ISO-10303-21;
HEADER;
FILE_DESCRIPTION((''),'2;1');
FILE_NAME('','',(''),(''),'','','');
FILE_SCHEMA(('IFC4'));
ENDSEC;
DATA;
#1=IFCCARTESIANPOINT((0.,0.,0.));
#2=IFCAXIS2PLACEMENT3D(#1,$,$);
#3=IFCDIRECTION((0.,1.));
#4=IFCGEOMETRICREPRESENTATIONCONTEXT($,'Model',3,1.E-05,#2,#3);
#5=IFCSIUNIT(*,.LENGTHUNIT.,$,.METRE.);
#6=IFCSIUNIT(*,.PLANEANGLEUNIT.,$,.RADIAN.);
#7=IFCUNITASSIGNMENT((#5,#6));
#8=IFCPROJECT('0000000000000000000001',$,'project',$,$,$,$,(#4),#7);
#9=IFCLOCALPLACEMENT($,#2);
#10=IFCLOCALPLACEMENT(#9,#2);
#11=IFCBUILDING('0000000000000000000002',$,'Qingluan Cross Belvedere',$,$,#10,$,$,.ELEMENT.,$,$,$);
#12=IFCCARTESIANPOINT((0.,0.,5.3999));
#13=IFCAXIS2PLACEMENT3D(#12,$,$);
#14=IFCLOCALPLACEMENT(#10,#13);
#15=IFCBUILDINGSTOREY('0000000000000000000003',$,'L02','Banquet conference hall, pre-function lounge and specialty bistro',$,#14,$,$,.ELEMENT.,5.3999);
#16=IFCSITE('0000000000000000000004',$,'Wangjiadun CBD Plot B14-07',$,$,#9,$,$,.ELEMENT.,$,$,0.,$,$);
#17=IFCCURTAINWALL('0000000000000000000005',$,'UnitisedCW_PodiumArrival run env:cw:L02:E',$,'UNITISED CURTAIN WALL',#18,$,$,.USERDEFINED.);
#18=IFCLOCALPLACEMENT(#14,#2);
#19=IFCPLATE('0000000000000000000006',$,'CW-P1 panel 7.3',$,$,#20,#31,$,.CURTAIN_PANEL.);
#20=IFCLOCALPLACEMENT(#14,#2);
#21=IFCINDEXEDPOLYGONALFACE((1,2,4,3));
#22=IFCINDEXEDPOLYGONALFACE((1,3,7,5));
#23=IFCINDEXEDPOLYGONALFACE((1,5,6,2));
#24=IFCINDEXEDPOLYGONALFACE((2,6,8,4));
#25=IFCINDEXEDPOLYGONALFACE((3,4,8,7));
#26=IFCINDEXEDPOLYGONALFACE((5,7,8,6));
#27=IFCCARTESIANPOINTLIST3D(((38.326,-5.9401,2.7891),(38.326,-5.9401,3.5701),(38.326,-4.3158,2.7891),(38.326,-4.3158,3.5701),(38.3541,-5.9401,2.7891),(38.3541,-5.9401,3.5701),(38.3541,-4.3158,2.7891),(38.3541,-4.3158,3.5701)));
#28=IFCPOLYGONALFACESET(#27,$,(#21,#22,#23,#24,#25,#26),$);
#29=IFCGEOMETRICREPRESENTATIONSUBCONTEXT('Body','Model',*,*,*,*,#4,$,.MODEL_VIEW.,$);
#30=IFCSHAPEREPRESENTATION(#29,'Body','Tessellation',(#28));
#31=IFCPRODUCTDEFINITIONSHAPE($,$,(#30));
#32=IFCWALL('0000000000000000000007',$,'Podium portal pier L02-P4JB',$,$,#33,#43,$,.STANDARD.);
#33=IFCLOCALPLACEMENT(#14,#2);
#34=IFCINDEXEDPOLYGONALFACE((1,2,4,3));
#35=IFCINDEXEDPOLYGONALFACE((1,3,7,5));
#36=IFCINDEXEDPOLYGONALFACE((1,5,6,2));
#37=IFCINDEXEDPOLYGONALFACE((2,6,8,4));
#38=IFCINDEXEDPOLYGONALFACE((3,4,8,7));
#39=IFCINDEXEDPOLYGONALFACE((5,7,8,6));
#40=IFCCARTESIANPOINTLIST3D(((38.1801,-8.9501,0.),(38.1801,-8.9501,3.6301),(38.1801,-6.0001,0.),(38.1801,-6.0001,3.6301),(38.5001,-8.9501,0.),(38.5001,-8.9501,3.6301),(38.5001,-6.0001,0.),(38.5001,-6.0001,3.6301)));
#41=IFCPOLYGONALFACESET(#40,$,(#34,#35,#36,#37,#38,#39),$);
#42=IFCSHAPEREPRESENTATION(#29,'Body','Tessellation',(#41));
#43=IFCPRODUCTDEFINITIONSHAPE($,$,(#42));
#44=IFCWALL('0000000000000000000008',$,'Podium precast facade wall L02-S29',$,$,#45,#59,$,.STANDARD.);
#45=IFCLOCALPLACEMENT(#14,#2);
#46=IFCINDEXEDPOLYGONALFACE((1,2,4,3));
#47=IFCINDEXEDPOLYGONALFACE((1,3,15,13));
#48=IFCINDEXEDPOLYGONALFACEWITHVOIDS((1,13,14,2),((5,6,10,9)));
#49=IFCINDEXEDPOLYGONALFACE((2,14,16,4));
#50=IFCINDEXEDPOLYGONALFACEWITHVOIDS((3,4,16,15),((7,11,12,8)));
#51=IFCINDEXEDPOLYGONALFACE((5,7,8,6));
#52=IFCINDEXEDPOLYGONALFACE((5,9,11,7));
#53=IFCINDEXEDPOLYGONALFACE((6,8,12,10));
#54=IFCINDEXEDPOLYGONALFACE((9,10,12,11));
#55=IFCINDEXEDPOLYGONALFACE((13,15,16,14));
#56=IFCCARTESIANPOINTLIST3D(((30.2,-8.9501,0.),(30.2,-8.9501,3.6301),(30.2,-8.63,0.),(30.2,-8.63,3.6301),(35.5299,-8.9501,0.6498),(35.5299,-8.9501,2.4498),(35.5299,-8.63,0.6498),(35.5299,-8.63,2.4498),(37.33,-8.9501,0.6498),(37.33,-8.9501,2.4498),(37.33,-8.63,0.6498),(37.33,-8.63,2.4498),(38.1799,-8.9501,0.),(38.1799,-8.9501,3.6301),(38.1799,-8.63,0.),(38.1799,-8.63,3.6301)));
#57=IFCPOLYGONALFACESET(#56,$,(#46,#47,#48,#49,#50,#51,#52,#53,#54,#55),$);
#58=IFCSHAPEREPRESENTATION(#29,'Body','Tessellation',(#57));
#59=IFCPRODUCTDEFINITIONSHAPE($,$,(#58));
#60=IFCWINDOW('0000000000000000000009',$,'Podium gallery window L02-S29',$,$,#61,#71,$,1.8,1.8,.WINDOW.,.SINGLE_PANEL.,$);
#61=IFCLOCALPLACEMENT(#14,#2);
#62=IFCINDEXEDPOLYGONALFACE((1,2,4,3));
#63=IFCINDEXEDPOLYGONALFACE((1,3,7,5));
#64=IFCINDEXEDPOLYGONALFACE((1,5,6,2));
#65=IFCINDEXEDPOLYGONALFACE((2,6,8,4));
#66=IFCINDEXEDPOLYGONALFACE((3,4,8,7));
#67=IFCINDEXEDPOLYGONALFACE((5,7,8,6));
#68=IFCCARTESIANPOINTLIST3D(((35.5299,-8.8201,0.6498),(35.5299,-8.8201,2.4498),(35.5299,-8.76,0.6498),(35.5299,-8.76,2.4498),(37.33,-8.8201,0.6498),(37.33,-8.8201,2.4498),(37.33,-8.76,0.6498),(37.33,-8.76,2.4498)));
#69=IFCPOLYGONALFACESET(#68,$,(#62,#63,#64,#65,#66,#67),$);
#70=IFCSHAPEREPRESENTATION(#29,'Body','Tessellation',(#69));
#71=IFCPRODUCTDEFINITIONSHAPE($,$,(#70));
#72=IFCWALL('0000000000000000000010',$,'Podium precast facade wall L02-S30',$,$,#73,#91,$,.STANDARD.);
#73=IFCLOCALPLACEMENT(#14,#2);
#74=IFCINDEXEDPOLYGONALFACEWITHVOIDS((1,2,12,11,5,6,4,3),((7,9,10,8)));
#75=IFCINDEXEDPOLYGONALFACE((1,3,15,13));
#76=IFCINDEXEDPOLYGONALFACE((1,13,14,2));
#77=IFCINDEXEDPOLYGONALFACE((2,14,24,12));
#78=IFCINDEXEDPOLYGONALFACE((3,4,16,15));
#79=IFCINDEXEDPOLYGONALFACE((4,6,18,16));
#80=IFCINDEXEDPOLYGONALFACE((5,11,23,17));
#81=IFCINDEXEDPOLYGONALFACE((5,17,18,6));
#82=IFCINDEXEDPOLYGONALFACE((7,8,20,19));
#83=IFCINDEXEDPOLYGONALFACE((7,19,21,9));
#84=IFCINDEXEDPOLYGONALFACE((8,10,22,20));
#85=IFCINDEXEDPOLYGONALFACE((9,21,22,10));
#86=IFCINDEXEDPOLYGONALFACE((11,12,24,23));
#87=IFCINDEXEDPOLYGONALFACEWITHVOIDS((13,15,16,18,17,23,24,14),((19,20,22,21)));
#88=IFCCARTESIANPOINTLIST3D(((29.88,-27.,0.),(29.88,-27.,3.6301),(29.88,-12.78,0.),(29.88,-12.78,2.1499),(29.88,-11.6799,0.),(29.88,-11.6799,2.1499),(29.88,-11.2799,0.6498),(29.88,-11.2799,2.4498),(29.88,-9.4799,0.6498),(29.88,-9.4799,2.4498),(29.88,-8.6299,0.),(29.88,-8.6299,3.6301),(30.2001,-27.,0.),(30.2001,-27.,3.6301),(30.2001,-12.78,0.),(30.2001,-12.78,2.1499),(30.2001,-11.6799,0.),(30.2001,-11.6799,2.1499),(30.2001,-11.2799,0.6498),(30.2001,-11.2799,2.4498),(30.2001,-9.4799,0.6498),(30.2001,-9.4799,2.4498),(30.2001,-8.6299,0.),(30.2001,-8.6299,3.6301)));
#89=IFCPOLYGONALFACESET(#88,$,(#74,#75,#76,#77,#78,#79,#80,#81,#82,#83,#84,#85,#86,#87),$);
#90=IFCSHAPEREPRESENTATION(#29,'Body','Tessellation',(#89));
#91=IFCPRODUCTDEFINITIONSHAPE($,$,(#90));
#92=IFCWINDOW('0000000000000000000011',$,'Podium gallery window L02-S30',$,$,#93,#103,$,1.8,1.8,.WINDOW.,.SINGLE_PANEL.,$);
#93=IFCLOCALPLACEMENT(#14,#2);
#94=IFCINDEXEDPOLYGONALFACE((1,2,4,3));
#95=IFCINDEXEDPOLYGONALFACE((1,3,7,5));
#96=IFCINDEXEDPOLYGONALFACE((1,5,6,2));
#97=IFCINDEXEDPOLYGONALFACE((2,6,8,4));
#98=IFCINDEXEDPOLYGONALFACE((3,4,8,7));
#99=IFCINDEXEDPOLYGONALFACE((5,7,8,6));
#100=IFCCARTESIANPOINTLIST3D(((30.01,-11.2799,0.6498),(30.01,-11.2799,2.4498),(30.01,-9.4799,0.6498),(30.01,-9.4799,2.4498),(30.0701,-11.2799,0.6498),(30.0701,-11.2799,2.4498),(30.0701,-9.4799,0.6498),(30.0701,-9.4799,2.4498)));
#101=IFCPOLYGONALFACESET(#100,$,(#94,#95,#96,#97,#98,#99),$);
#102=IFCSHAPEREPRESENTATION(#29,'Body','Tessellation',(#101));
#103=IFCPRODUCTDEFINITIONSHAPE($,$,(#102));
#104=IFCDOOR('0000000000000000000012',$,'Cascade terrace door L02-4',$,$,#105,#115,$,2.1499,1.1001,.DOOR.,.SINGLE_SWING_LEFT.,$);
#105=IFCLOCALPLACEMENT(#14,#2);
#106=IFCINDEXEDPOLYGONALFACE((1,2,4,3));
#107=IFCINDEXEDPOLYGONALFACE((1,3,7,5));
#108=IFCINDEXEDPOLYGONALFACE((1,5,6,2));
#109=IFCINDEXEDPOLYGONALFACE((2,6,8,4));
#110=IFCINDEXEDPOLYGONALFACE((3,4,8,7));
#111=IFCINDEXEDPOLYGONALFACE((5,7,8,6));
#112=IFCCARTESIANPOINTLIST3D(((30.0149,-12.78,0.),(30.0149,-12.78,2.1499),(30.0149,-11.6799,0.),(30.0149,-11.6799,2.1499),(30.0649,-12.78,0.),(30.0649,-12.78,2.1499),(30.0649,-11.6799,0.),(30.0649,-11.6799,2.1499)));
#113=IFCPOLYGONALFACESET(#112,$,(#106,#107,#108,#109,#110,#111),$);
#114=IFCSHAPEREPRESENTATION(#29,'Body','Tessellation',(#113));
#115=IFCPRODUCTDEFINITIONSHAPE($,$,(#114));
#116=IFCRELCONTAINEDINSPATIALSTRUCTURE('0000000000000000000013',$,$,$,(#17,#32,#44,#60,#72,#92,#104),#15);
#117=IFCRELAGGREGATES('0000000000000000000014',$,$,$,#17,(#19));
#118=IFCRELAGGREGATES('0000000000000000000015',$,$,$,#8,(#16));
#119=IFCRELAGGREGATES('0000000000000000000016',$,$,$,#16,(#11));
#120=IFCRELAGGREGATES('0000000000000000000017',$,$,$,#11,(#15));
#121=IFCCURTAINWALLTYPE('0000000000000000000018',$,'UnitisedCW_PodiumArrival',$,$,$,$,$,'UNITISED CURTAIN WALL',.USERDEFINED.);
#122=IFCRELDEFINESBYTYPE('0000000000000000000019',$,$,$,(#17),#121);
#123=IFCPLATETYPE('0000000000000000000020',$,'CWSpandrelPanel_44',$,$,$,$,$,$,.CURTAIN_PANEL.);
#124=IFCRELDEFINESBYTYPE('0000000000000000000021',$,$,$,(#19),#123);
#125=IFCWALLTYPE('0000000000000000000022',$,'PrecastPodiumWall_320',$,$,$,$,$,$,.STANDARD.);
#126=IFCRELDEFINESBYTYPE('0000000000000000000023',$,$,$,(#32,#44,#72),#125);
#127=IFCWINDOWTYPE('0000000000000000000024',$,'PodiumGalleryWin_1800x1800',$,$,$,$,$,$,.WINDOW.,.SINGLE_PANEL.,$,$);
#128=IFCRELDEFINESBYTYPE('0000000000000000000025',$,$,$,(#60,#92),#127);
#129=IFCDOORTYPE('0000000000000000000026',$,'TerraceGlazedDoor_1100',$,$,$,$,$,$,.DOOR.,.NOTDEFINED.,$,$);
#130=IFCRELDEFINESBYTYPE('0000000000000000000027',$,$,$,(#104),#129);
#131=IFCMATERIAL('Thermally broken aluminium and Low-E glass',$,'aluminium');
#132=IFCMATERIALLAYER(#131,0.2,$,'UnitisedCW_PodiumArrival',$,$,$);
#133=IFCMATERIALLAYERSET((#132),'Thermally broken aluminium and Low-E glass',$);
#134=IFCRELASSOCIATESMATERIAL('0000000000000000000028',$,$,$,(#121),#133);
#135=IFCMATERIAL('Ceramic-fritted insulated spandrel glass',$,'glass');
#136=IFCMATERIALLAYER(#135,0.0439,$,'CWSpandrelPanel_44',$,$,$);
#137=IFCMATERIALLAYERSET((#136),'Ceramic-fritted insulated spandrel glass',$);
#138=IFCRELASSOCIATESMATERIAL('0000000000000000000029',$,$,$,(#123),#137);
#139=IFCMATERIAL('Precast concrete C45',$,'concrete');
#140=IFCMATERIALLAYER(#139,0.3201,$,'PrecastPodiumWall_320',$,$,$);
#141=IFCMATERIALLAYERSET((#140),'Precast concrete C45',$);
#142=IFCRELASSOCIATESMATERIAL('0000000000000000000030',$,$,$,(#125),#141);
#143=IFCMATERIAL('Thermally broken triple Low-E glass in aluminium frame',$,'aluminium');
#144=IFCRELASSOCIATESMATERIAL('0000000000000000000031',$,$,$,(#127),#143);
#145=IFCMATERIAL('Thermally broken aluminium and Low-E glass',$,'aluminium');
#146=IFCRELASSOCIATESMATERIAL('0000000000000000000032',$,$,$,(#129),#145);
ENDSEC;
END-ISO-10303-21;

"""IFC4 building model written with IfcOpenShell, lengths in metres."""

from ifc_helpers import new_model, si_unit, direction, frame, frame_2d, origin, origin_2d, place, context, subcontext, project, spatial, rectangle, extrude, material, layer, layer_set, type_object, element, fill, aggregate, save


model = new_model("IFC4")

# Units and contexts
model_context = context("Model", 3, precision=1e-05, world=origin(), true_north=direction((0.0, 1.0)))
body_context = subcontext(model_context, "Body", "Model", "MODEL_VIEW")
ifc_project = project(units=[si_unit("LENGTHUNIT", "METRE"), si_unit("PLANEANGLEUNIT", "RADIAN")], contexts=[model_context])

# Site, building, storey
site_placement = place(None, origin())
site = spatial("IfcSite", under=ifc_project, at=site_placement, Name="Wangjiadun CBD Plot B14-07", CompositionType="ELEMENT", RefElevation=0.0)
building_placement = place(site_placement, origin())
building = spatial("IfcBuilding", under=site, at=building_placement, Name="Qingluan Cross Belvedere", CompositionType="ELEMENT")
storey_placement = place(building_placement, frame((0.0, 0.0, 5.3999)))
storey = spatial("IfcBuildingStorey", under=building, at=storey_placement, Name="L02", Description="Banquet conference hall, pre-function lounge and specialty bistro", CompositionType="ELEMENT", Elevation=5.3999)

# Curtain wall
ifc_material_1 = material(Name="Thermally broken aluminium and Low-E glass", Category="aluminium")
ifc_layer_1 = layer(ifc_material_1, 0.2, Name="UnitisedCW_PodiumArrival")
ifc_layer_set_1 = layer_set([ifc_layer_1], Name="Thermally broken aluminium and Low-E glass")
curtain_wall_type = type_object("IfcCurtainWallType", Name="UnitisedCW_PodiumArrival", ElementType="UNITISED CURTAIN WALL", PredefinedType="USERDEFINED", material=ifc_layer_set_1)
curtain_wall_placement = place(storey_placement, origin())
curtain_wall = element("IfcCurtainWall", 1, at=curtain_wall_placement, inside=storey, type_object=curtain_wall_type, Name="UnitisedCW_PodiumArrival run env:cw:L02:E", ObjectType="UNITISED CURTAIN WALL", PredefinedType="USERDEFINED")

# Plate
ifc_material_2 = material(Name="Ceramic-fritted insulated spandrel glass", Category="glass")
ifc_layer_2 = layer(ifc_material_2, 0.0439, Name="CWSpandrelPanel_44")
ifc_layer_set_2 = layer_set([ifc_layer_2], Name="Ceramic-fritted insulated spandrel glass")
plate_type = type_object("IfcPlateType", Name="CWSpandrelPanel_44", PredefinedType="CURTAIN_PANEL", material=ifc_layer_set_2)
plate_1_placement = place(storey_placement, frame((38.3401, -5.1279, 2.7891), z_axis=(0.0, 0.0, 1.0), x_axis=(0.0, -1.0, 0.0)))
plate_1 = element("IfcPlate", 2, at=plate_1_placement, type_object=plate_type, Name="CW-P1 panel 7.3", PredefinedType="CURTAIN_PANEL", context=body_context, shape_type="SweptSolid", body=[
    extrude(rectangle(XDim=1.6243, YDim=0.0281, at=origin_2d()), origin(), (0.0, 0.0, 1.0), 0.781),
])
aggregate(curtain_wall, [plate_1])

# Wall
ifc_material_3 = material(Name="Precast concrete C45", Category="concrete")
ifc_layer_3 = layer(ifc_material_3, 0.3201, Name="PrecastPodiumWall_320")
ifc_layer_set_3 = layer_set([ifc_layer_3], Name="Precast concrete C45")
wall_type = type_object("IfcWallType", Name="PrecastPodiumWall_320", PredefinedType="STANDARD", material=ifc_layer_set_3)
wall_1_placement = place(storey_placement, frame((38.3401, -6.0, 0.0), z_axis=(0.0, 0.0, 1.0), x_axis=(0.0, -1.0, 0.0)))
element("IfcWall", 3, at=wall_1_placement, inside=storey, type_object=wall_type, Name="Podium portal pier L02-P4JB", PredefinedType="STANDARD", context=body_context, shape_type="SweptSolid", body=[
    extrude(rectangle(XDim=2.95, YDim=0.3201, at=frame_2d((1.4751, 0.0))), origin(), (0.0, 0.0, 1.0), 3.6301),
])

# Wall, opening, window
wall_2_placement = place(storey_placement, frame((38.1799, -8.79, 0.0), z_axis=(0.0, 0.0, 1.0), x_axis=(-1.0, 0.0, 0.0)))
wall_2 = element("IfcWall", 4, at=wall_2_placement, inside=storey, type_object=wall_type, Name="Podium precast facade wall L02-S29", PredefinedType="STANDARD", context=body_context, shape_type="SweptSolid", body=[
    extrude(rectangle(XDim=7.98, YDim=0.3201, at=frame_2d((3.99, 0.0))), origin(), (0.0, 0.0, 1.0), 3.6301),
])
opening_1_placement = place(wall_2_placement, frame((0.8501, 0.0, 0.6499)))
opening_1 = element("IfcOpeningElement", 5, at=opening_1_placement, cuts=wall_2, PredefinedType="OPENING", context=body_context, shape_type="SweptSolid", body=[
    extrude(rectangle(XDim=1.8, YDim=1.8, at=frame_2d((0.8999, 0.8999))), frame((0.0, 0.1699, 0.0), z_axis=(0.0, -1.0, 0.0), x_axis=(1.0, 0.0, 0.0)), (0.0, 0.0, 1.0), 0.3401),
])
ifc_material_4 = material(Name="Thermally broken triple Low-E glass in aluminium frame", Category="aluminium")
window_type = type_object("IfcWindowType", Name="PodiumGalleryWin_1800x1800", PartitioningType="SINGLE_PANEL", PredefinedType="WINDOW", material=ifc_material_4)
window_1_placement = place(opening_1_placement, origin())
window_1 = element("IfcWindow", 6, at=window_1_placement, inside=storey, type_object=window_type, Name="Podium gallery window L02-S29", OverallHeight=1.8, OverallWidth=1.8, PartitioningType="SINGLE_PANEL", PredefinedType="WINDOW", context=body_context, shape_type="SweptSolid", body=[
    extrude(rectangle(XDim=1.8, YDim=1.8, at=frame_2d((0.8999, 0.8999))), frame((0.0, 0.03, 0.0), z_axis=(0.0, -1.0, 0.0), x_axis=(1.0, 0.0, 0.0)), (0.0, 0.0, 1.0), 0.0601),
])
fill(opening_1, window_1)

# Wall, openings, window, door
wall_3_placement = place(storey_placement, frame((30.04, -8.6299, 0.0), z_axis=(0.0, 0.0, 1.0), x_axis=(0.0, -1.0, 0.0)))
wall_3 = element("IfcWall", 7, at=wall_3_placement, inside=storey, type_object=wall_type, Name="Podium precast facade wall L02-S30", PredefinedType="STANDARD", context=body_context, shape_type="SweptSolid", body=[
    extrude(rectangle(XDim=18.3701, YDim=0.3201, at=frame_2d((9.1851, 0.0))), origin(), (0.0, 0.0, 1.0), 3.6301),
])
opening_2_placement = place(wall_3_placement, frame((0.8501, 0.0, 0.6499)))
opening_2 = element("IfcOpeningElement", 8, at=opening_2_placement, cuts=wall_3, PredefinedType="OPENING", context=body_context, shape_type="SweptSolid", body=[
    extrude(rectangle(XDim=1.8, YDim=1.8, at=frame_2d((0.8999, 0.8999))), frame((0.0, 0.1699, 0.0), z_axis=(0.0, -1.0, 0.0), x_axis=(1.0, 0.0, 0.0)), (0.0, 0.0, 1.0), 0.3401),
])
opening_3_placement = place(wall_3_placement, frame((3.05, 0.0, 0.0)))
opening_3 = element("IfcOpeningElement", 9, at=opening_3_placement, cuts=wall_3, PredefinedType="OPENING", context=body_context, shape_type="SweptSolid", body=[
    extrude(rectangle(XDim=1.1001, YDim=2.1499, at=frame_2d((0.55, 1.075))), frame((0.0, 0.1699, 0.0), z_axis=(0.0, -1.0, 0.0), x_axis=(1.0, 0.0, 0.0)), (0.0, 0.0, 1.0), 0.3401),
])
window_2_placement = place(opening_2_placement, origin())
window_2 = element("IfcWindow", 10, at=window_2_placement, inside=storey, type_object=window_type, Name="Podium gallery window L02-S30", OverallHeight=1.8, OverallWidth=1.8, PartitioningType="SINGLE_PANEL", PredefinedType="WINDOW", context=body_context, shape_type="SweptSolid", body=[
    extrude(rectangle(XDim=1.8, YDim=1.8, at=frame_2d((0.8999, 0.8999))), frame((0.0, 0.03, 0.0), z_axis=(0.0, -1.0, 0.0), x_axis=(1.0, 0.0, 0.0)), (0.0, 0.0, 1.0), 0.0601),
])
fill(opening_2, window_2)
ifc_material_5 = material(Name="Thermally broken aluminium and Low-E glass", Category="aluminium")
door_type = type_object("IfcDoorType", Name="TerraceGlazedDoor_1100", OperationType="NOTDEFINED", PredefinedType="DOOR", material=ifc_material_5)
door_placement = place(opening_3_placement, origin())
door = element("IfcDoor", 11, at=door_placement, inside=storey, type_object=door_type, Name="Cascade terrace door L02-4", OperationType="SINGLE_SWING_LEFT", OverallHeight=2.1499, OverallWidth=1.1001, PredefinedType="DOOR", context=body_context, shape_type="SweptSolid", body=[
    extrude(rectangle(XDim=1.1001, YDim=2.1499, at=frame_2d((0.55, 1.075))), frame((0.0, 0.0249, 0.0), z_axis=(0.0, -1.0, 0.0), x_axis=(1.0, 0.0, 0.0)), (0.0, 0.0, 1.0), 0.05),
])
fill(opening_3, door)

save(model, "model.ifc")
